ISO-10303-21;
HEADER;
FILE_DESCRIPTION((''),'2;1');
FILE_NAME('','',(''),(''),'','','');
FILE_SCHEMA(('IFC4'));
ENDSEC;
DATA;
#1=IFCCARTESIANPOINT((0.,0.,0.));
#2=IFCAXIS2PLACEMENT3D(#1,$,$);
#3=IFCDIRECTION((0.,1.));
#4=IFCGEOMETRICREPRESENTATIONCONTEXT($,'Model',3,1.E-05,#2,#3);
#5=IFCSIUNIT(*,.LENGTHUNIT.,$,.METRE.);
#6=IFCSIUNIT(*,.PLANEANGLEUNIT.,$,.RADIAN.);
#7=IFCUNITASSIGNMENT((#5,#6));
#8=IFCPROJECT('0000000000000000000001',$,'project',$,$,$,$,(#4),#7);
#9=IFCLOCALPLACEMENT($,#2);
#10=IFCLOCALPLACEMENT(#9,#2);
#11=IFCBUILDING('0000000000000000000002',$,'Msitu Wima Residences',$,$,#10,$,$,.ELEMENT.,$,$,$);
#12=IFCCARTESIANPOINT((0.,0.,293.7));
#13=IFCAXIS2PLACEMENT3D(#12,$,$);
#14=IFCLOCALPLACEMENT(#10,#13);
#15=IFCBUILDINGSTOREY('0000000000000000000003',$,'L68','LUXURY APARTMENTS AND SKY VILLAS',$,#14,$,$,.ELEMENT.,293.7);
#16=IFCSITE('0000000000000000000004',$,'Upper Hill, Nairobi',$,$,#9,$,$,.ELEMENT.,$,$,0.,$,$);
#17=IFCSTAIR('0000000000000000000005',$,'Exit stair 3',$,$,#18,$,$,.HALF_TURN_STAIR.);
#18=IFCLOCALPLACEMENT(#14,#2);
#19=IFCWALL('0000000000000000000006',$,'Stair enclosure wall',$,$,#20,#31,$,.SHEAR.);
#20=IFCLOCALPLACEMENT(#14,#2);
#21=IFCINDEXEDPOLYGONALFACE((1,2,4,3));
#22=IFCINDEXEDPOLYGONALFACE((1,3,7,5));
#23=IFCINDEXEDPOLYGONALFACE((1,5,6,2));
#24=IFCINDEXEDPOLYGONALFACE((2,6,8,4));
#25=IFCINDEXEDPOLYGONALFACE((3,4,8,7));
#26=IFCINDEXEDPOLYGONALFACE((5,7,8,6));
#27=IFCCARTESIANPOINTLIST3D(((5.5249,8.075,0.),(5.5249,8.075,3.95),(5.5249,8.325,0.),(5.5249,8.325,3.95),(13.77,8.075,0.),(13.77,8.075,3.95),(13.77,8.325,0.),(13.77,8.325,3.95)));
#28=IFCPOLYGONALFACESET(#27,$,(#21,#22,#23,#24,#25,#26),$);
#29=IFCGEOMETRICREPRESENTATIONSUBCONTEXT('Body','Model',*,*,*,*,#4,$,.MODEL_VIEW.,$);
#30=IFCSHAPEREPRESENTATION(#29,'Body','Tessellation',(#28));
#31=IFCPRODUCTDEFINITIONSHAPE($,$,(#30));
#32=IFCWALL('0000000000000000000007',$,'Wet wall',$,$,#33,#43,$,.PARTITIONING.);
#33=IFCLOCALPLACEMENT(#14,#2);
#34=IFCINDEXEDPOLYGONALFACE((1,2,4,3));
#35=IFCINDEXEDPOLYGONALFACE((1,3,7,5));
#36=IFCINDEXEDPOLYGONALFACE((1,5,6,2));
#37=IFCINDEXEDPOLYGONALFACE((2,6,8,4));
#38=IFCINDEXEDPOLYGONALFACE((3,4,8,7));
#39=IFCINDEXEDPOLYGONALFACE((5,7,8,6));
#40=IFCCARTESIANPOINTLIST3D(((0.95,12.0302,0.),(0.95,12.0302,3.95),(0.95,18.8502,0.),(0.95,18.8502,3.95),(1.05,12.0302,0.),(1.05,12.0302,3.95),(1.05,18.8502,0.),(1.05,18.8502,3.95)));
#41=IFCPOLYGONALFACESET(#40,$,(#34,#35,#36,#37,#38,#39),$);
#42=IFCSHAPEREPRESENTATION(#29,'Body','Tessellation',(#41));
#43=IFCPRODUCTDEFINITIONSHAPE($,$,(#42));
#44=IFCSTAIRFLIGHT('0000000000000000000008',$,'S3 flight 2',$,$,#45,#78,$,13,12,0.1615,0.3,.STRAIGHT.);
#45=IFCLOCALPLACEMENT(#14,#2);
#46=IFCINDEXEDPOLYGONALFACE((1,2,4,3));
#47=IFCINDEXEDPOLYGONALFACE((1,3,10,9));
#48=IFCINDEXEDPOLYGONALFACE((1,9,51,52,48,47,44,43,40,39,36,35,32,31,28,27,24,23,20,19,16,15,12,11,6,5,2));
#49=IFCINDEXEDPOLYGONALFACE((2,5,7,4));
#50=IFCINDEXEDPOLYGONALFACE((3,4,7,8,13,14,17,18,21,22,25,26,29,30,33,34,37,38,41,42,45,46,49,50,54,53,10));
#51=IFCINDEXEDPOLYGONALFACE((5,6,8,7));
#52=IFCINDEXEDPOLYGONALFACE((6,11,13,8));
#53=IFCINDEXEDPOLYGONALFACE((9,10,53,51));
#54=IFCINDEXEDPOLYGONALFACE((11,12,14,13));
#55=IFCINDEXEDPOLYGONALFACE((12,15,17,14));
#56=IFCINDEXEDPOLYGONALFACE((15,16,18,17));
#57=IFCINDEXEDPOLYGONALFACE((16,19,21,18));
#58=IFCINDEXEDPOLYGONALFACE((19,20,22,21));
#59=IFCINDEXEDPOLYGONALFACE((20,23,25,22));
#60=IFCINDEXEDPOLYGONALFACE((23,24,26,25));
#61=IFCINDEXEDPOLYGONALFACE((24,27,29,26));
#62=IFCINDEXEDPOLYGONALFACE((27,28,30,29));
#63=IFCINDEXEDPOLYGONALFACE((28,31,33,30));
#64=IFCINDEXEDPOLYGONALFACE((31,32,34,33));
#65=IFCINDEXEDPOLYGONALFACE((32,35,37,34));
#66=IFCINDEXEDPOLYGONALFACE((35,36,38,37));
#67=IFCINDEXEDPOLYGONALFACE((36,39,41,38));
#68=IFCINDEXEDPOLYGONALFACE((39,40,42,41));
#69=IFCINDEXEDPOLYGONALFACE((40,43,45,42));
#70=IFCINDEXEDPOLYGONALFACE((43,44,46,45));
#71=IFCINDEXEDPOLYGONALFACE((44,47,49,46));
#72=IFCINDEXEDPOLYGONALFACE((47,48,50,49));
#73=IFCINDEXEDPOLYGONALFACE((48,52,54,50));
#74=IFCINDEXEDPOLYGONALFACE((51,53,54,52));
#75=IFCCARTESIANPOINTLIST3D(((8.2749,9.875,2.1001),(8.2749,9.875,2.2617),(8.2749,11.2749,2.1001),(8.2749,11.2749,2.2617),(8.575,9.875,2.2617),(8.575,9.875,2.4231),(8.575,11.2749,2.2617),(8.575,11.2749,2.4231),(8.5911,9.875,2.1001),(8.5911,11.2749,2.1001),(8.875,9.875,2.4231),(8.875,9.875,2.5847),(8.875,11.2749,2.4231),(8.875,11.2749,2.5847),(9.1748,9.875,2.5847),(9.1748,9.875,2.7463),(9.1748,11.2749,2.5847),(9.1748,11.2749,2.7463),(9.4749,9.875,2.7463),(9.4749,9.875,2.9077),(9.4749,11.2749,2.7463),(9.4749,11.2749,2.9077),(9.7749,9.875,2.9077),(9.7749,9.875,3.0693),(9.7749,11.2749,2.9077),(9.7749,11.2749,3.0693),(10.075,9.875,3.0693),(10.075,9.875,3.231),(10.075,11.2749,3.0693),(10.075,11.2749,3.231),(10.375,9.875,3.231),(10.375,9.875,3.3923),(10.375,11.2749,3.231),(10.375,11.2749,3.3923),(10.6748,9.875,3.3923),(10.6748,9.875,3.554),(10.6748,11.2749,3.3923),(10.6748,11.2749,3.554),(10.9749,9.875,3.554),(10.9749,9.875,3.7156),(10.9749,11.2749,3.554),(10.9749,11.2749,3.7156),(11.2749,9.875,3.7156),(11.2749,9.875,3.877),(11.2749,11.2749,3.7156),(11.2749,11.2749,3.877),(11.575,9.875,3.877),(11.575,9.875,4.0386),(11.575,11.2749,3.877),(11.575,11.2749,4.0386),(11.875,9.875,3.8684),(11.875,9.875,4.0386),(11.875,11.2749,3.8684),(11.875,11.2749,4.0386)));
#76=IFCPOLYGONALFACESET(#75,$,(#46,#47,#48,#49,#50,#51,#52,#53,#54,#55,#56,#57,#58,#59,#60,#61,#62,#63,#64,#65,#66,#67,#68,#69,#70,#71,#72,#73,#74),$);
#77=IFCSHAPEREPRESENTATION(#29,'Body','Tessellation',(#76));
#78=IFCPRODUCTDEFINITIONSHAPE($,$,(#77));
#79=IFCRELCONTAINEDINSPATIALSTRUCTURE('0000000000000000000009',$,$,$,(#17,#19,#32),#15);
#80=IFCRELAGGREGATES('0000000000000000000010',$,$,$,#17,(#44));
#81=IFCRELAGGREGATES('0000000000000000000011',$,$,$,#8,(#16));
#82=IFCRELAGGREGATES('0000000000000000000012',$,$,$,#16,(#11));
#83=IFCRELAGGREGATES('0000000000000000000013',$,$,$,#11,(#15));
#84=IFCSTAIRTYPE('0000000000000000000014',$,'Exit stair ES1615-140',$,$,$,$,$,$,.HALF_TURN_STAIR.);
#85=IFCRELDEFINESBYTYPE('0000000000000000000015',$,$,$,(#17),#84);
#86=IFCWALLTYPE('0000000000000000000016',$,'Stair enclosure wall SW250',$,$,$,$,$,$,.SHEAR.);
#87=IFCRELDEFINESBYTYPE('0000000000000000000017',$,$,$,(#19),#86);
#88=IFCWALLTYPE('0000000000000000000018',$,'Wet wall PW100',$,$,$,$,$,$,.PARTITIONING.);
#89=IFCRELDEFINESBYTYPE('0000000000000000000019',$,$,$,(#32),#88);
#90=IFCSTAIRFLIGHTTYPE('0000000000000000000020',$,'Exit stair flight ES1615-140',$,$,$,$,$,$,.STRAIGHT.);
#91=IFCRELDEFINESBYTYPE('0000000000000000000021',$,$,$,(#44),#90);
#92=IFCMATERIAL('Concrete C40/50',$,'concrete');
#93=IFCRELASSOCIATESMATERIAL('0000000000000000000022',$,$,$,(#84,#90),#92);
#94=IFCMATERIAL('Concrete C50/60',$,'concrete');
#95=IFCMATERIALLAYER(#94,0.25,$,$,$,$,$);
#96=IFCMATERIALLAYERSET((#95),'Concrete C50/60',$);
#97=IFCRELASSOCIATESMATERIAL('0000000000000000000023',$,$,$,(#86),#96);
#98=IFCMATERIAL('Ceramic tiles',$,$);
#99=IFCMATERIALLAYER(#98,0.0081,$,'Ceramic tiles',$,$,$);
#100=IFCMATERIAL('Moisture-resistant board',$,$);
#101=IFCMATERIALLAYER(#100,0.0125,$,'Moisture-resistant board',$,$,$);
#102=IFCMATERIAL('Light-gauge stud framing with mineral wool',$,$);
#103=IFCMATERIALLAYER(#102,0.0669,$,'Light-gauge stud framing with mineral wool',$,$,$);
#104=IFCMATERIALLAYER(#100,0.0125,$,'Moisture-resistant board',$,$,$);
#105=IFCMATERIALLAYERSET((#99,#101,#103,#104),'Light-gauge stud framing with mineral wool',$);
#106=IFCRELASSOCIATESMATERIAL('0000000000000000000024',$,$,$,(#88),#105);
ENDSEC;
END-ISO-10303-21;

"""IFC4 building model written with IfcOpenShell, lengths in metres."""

from ifc_helpers import new_model, si_unit, direction, frame, frame_2d, origin, place, context, subcontext, project, spatial, polyline, rectangle, outline, extrude, material, layer, layer_set, type_object, element, aggregate, save


model = new_model("IFC4")

# Units and contexts
model_context = context("Model", 3, precision=1e-05, world=origin(), true_north=direction((0.0, 1.0)))
body_context = subcontext(model_context, "Body", "Model", "MODEL_VIEW")
ifc_project = project(units=[si_unit("LENGTHUNIT", "METRE"), si_unit("PLANEANGLEUNIT", "RADIAN")], contexts=[model_context])

# Site, building, storey
site_placement = place(None, origin())
site = spatial("IfcSite", under=ifc_project, at=site_placement, Name="Upper Hill, Nairobi", CompositionType="ELEMENT", RefElevation=0.0)
building_placement = place(site_placement, origin())
building = spatial("IfcBuilding", under=site, at=building_placement, Name="Msitu Wima Residences", CompositionType="ELEMENT")
storey_placement = place(building_placement, frame((0.0, 0.0, 293.7)))
storey = spatial("IfcBuildingStorey", under=building, at=storey_placement, Name="L68", Description="LUXURY APARTMENTS AND SKY VILLAS", CompositionType="ELEMENT", Elevation=293.7)

# Shared definitions
ifc_material_1 = material(Name="Concrete C40/50", Category="concrete")

# Stair
stair_type = type_object("IfcStairType", Name="Exit stair ES1615-140", PredefinedType="HALF_TURN_STAIR", material=ifc_material_1)
stair_1_placement = place(storey_placement, origin())
stair_1 = element("IfcStair", 1, at=stair_1_placement, inside=storey, type_object=stair_type, Name="Exit stair 3", PredefinedType="HALF_TURN_STAIR")

# Walls
ifc_material_2 = material(Name="Light-gauge stud framing with mineral wool")
ifc_material_3 = material(Name="Concrete C50/60", Category="concrete")
ifc_layer_1 = layer(ifc_material_3, 0.25)
ifc_layer_set_1 = layer_set([ifc_layer_1], Name="Concrete C50/60")
wall_type_1 = type_object("IfcWallType", Name="Stair enclosure wall SW250", PredefinedType="SHEAR", material=ifc_layer_set_1)
wall_1_placement = place(storey_placement, frame((5.5249, 8.2, 0.0), z_axis=(0.0, 0.0, 1.0), x_axis=(1.0, 0.0, 0.0)))
element("IfcWall", 2, at=wall_1_placement, inside=storey, type_object=wall_type_1, Name="Stair enclosure wall", PredefinedType="SHEAR", context=body_context, shape_type="SweptSolid", body=[
    extrude(rectangle(XDim=8.2451, YDim=0.25, at=frame_2d((4.1226, 0.0))), origin(), (0.0, 0.0, 1.0), 3.95),
])
ifc_material_4 = material(Name="Ceramic tiles")
ifc_layer_2 = layer(ifc_material_4, 0.0081, Name="Ceramic tiles")
ifc_material_5 = material(Name="Moisture-resistant board")
ifc_layer_3 = layer(ifc_material_5, 0.0125, Name="Moisture-resistant board")
ifc_layer_4 = layer(ifc_material_2, 0.0669, Name="Light-gauge stud framing with mineral wool")
ifc_layer_5 = layer(ifc_material_5, 0.0125, Name="Moisture-resistant board")
ifc_layer_set_2 = layer_set([ifc_layer_2, ifc_layer_3, ifc_layer_4, ifc_layer_5], Name="Light-gauge stud framing with mineral wool")
wall_type_2 = type_object("IfcWallType", Name="Wet wall PW100", PredefinedType="PARTITIONING", material=ifc_layer_set_2)
wall_2_placement = place(storey_placement, frame((1.0, 12.03, 0.0), z_axis=(0.0, 0.0, 1.0), x_axis=(0.0, 1.0, 0.0)))
element("IfcWall", 3, at=wall_2_placement, inside=storey, type_object=wall_type_2, Name="Wet wall", PredefinedType="PARTITIONING", context=body_context, shape_type="SweptSolid", body=[
    extrude(rectangle(XDim=6.8201, YDim=0.1001, at=frame_2d((3.4102, 0.0))), origin(), (0.0, 0.0, 1.0), 3.95),
])

# Stair flight
stair_flight_type = type_object("IfcStairFlightType", Name="Exit stair flight ES1615-140", PredefinedType="STRAIGHT", material=ifc_material_1)
stair_flight_placement = place(storey_placement, frame((8.2749, 10.575, 2.1001), z_axis=(0.0, 0.0, 1.0), x_axis=(1.0, 0.0, 0.0)))
stair_flight = element("IfcStairFlight", 4, at=stair_flight_placement, type_object=stair_flight_type, Name="S3 flight 2", NumberOfRisers=13, NumberOfTreads=12, PredefinedType="STRAIGHT", RiserHeight=0.1615, TreadLength=0.3, context=body_context, shape_type="SweptSolid", body=[
    extrude(outline(polyline([(0.0, 0.0), (0.0, 0.1616), (0.3, 0.1616), (0.3, 0.323), (0.6001, 0.323), (0.6001, 0.4846), (0.8999, 0.4846), (0.8999, 0.6462), (1.2, 0.6462), (1.2, 0.8076), (1.5, 0.8076), (1.5, 0.9692), (1.8, 0.9692), (1.8, 1.1309), (2.1001, 1.1309), (2.1001, 1.2922), (2.3999, 1.2922), (2.3999, 1.4539), (2.7, 1.4539), (2.7, 1.6155), (3.0, 1.6155), (3.0, 1.7769), (3.3, 1.7769), (3.3, 1.9385), (3.6001, 1.9385), (3.6001, 2.1001), (3.6001, 1.7683), (0.3162, 0.0), (0.0, 0.0)])), frame((0.0, 0.7, 0.0), z_axis=(0.0, -1.0, 0.0), x_axis=(1.0, 0.0, 0.0)), (0.0, 0.0, 1.0), 1.3999),
])
aggregate(stair_1, [stair_flight])

save(model, "model.ifc")
